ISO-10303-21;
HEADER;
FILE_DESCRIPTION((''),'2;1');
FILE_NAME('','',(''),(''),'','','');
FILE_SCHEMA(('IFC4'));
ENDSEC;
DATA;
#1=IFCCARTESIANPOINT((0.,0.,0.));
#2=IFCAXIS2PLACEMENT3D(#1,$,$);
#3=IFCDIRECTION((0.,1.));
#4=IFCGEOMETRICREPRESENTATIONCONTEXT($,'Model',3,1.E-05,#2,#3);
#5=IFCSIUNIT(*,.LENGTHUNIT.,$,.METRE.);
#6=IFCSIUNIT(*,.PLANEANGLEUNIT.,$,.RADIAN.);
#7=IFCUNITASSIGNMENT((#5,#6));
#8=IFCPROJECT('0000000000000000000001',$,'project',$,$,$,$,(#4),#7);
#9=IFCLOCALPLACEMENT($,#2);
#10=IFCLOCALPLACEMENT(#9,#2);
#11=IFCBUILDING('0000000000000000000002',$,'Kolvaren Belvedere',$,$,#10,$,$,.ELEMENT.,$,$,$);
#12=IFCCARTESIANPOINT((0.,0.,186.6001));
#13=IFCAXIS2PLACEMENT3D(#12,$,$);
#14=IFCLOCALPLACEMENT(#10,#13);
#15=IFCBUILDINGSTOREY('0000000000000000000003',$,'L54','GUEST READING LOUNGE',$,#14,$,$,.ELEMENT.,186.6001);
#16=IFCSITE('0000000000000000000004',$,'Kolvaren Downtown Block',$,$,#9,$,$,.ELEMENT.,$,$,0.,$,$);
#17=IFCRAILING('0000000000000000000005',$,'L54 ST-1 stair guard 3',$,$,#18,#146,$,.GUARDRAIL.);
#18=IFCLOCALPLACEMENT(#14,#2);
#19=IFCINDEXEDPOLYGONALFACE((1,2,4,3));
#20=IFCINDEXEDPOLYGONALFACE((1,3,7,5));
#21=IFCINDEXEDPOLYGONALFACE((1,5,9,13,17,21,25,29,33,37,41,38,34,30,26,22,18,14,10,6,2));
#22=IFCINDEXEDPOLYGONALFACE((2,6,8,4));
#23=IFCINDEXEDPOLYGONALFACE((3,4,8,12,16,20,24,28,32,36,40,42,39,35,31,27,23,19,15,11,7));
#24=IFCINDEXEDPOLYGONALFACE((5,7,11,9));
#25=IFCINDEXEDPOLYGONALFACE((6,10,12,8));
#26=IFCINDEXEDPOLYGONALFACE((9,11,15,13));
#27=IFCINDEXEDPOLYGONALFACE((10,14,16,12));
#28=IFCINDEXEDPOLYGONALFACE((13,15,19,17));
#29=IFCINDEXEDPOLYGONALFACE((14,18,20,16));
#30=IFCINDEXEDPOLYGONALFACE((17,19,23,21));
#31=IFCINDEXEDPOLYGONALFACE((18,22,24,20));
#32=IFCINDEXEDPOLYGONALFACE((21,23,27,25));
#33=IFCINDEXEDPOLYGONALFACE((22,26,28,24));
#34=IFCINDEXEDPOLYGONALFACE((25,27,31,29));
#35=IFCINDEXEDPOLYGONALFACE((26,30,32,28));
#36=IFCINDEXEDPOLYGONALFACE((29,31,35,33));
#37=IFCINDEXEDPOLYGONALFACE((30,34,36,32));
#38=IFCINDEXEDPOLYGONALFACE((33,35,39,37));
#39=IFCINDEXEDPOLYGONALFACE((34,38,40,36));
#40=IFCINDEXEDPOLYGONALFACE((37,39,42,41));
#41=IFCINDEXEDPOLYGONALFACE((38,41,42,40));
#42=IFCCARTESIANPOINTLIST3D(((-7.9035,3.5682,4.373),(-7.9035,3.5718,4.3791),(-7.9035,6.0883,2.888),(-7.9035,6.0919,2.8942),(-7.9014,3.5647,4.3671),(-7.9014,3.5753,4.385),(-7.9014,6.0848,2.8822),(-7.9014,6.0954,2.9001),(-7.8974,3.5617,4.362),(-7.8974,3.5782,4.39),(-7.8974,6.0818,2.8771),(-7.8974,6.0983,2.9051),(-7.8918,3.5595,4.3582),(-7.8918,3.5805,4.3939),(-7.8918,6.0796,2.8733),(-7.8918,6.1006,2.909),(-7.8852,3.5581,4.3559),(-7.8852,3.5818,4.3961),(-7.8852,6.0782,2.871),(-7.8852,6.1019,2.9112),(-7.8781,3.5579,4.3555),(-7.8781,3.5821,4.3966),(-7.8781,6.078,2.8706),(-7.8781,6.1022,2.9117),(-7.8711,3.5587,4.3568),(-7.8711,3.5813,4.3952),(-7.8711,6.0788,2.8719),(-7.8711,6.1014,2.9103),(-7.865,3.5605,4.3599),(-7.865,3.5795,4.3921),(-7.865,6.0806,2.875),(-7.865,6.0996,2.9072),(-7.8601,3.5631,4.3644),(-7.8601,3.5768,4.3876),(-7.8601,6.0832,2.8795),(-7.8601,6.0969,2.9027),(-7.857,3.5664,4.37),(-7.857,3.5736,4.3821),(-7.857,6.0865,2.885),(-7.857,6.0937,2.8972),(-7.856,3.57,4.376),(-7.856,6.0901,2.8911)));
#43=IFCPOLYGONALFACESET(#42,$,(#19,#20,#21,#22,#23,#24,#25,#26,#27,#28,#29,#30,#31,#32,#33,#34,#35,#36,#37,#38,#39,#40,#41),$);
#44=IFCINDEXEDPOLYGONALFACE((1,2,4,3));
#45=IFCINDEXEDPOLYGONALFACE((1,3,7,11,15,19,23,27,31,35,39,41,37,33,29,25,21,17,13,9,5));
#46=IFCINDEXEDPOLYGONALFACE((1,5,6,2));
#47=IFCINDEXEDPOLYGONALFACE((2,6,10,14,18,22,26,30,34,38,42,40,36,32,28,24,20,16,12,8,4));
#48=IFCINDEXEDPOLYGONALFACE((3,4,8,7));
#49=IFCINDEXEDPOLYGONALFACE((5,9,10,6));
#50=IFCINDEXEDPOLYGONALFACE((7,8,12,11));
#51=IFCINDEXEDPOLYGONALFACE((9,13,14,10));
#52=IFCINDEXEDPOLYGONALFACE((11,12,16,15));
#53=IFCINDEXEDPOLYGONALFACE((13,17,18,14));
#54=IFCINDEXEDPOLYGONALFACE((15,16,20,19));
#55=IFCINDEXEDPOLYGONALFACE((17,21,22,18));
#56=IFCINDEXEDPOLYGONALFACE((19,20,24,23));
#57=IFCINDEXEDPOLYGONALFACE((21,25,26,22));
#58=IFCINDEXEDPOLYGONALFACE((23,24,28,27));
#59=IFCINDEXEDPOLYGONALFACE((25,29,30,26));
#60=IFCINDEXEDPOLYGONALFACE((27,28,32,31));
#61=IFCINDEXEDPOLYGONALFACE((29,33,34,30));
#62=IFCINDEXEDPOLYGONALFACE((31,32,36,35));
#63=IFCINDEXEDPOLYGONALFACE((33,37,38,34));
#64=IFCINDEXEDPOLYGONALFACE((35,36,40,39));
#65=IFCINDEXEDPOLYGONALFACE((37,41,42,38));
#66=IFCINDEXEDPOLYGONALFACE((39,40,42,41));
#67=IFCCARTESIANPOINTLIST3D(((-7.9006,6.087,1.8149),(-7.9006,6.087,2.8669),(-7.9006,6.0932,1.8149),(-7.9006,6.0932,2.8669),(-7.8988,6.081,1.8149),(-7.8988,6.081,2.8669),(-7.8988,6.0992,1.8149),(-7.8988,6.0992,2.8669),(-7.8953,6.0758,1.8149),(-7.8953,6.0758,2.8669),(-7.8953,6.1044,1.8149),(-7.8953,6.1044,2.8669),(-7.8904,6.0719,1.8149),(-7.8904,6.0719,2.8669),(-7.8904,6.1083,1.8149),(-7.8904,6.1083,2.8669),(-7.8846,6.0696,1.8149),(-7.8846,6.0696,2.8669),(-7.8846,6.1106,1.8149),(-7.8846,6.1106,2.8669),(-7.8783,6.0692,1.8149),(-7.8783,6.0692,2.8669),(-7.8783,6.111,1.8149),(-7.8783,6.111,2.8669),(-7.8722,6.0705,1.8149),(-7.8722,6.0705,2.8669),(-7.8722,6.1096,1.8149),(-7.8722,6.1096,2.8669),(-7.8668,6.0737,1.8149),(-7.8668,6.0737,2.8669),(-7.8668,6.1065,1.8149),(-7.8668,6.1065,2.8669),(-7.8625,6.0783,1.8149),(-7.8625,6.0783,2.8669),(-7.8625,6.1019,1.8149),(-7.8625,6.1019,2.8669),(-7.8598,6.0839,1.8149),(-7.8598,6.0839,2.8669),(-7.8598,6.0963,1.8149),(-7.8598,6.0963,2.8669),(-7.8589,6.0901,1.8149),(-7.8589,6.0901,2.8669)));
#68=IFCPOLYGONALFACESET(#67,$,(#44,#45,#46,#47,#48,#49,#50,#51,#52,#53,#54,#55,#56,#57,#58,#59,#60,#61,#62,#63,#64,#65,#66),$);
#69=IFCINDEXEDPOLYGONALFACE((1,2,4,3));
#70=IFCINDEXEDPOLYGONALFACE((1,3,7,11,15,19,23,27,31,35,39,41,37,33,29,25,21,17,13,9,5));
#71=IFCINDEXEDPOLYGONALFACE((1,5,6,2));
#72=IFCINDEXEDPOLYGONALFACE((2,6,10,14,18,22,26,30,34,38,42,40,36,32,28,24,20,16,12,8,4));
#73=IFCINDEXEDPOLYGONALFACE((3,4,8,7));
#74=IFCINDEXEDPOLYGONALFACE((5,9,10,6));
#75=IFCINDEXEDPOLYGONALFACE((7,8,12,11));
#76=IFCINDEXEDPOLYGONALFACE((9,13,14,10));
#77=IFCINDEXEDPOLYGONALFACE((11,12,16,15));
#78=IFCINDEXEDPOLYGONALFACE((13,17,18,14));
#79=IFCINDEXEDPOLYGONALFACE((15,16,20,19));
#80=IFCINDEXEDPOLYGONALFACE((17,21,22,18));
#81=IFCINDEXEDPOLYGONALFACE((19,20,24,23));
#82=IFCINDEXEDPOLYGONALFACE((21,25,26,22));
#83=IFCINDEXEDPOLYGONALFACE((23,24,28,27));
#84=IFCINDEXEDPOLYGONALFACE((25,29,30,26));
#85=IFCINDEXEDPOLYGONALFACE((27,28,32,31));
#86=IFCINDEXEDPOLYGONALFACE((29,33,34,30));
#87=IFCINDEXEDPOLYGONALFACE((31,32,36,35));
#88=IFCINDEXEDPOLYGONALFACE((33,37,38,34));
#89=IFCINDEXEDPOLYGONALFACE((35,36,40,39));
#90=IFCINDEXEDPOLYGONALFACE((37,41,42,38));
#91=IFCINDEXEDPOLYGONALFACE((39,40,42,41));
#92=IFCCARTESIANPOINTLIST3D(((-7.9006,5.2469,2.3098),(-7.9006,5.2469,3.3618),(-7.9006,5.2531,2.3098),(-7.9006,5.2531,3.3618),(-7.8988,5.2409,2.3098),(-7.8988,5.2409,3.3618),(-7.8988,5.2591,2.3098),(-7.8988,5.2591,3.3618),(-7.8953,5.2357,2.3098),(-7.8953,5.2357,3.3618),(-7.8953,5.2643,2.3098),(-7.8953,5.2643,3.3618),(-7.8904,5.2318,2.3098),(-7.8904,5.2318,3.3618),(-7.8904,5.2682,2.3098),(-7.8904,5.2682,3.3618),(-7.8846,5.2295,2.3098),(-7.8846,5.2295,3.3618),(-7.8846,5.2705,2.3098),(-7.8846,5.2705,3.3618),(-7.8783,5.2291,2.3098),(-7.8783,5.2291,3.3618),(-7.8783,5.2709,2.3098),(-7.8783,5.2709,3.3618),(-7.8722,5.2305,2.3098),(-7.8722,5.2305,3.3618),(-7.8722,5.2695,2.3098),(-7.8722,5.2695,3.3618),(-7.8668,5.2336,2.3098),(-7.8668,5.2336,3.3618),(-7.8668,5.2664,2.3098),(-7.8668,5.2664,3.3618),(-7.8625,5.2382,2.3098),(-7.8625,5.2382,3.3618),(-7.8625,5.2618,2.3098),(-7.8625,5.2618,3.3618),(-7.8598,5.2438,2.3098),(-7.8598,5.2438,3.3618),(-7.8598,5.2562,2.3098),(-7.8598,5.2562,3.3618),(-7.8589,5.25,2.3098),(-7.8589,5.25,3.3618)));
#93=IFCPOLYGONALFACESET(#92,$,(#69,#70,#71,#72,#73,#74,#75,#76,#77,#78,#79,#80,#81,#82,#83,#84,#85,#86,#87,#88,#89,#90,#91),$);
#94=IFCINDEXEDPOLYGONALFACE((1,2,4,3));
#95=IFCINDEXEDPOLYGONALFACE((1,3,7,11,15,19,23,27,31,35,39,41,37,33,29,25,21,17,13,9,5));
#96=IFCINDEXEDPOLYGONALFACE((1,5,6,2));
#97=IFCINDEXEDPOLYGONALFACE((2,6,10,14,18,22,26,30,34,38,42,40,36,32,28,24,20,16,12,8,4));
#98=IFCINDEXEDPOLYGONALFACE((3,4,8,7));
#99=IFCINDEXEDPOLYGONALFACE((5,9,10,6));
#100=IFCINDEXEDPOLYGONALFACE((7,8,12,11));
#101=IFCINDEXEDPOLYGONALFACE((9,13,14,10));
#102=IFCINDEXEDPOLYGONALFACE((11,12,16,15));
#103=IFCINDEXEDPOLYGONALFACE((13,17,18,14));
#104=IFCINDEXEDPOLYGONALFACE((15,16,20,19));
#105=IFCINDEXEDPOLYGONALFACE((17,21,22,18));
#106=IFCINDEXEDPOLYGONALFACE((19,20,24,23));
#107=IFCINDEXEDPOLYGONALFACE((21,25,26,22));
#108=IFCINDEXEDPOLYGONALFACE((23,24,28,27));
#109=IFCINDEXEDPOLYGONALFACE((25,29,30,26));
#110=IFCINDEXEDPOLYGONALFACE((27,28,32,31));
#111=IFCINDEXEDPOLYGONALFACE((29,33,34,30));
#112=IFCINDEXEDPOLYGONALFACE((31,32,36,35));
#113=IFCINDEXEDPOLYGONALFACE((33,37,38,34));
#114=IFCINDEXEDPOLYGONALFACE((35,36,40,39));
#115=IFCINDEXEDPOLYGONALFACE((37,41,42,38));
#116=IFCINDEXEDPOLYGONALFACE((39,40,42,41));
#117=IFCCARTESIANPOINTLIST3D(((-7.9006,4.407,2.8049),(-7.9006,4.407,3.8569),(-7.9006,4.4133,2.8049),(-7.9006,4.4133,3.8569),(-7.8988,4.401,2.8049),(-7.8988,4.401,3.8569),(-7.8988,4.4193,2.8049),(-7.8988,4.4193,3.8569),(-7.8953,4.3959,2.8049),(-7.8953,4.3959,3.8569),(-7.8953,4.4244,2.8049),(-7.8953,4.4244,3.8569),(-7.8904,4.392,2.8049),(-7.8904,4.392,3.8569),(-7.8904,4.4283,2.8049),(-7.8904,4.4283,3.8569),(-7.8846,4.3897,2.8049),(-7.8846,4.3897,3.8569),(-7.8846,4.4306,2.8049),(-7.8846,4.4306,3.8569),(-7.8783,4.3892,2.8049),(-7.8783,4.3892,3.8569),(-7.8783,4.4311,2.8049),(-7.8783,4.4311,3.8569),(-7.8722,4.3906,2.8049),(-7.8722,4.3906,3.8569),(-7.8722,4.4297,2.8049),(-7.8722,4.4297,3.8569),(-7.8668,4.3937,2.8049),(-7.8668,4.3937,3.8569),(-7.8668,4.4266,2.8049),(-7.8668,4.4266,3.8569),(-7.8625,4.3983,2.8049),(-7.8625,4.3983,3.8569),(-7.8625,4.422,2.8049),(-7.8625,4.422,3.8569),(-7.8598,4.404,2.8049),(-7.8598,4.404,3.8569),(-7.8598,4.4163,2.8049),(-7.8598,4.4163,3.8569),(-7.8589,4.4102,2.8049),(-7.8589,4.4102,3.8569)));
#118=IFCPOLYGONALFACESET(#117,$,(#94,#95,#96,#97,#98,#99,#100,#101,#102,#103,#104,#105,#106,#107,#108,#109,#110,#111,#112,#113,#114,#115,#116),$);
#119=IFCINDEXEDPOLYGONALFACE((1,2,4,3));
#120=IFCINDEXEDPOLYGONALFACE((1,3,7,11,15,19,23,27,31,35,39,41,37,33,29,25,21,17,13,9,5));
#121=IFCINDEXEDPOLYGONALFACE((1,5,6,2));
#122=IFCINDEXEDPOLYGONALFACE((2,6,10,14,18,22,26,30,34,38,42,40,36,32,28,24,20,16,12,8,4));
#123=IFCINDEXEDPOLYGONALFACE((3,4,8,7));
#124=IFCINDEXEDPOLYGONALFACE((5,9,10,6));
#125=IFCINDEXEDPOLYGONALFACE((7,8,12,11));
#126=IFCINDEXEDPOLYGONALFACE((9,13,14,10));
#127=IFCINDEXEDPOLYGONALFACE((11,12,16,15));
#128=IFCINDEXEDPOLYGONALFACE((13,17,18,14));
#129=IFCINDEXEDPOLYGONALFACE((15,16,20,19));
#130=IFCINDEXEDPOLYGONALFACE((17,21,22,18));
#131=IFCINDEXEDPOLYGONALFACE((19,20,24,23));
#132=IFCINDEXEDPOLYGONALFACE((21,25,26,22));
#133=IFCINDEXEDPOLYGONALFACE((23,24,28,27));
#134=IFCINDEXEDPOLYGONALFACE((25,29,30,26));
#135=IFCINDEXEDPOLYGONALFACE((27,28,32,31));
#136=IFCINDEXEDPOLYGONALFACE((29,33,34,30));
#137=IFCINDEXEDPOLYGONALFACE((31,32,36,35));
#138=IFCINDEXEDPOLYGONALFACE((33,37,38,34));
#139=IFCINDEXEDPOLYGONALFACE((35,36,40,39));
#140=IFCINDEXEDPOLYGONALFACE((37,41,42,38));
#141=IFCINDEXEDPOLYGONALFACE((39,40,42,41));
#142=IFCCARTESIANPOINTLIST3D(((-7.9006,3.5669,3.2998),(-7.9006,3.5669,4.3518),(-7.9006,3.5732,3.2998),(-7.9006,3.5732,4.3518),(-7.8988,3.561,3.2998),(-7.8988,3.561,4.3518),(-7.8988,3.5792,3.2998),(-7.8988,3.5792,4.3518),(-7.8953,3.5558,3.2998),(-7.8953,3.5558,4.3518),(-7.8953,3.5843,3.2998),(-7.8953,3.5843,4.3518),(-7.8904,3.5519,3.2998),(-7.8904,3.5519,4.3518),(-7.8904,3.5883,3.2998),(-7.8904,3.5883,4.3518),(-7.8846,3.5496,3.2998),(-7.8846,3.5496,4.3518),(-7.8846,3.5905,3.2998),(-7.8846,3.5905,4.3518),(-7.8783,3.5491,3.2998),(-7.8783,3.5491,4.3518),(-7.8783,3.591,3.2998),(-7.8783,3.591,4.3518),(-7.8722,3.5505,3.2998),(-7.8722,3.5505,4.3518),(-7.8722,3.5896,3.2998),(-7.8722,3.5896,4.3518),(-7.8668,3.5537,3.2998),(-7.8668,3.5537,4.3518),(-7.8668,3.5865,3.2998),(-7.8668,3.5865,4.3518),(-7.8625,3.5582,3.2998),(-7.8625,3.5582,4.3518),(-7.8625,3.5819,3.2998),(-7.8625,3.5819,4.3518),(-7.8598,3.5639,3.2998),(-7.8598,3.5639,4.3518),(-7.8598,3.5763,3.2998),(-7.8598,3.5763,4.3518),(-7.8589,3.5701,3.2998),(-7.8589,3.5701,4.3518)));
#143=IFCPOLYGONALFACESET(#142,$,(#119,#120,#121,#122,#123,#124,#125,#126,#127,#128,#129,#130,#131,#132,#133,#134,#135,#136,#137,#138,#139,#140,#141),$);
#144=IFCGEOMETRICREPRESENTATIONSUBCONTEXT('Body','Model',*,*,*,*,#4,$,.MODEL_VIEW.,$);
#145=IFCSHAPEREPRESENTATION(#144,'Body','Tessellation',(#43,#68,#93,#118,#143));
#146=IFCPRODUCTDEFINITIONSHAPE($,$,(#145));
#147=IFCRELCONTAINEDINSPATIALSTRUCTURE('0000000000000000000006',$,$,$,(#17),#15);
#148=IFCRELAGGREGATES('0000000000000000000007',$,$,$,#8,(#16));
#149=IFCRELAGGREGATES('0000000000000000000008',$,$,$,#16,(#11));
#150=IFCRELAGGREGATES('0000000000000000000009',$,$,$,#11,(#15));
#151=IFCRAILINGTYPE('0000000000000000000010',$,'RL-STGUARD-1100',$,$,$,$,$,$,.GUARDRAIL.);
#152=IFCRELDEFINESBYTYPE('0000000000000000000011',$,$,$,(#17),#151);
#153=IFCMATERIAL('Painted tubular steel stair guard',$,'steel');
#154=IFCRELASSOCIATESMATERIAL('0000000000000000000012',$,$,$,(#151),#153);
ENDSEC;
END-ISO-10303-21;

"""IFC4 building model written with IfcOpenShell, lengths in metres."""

from ifc_helpers import new_model, si_unit, direction, frame, origin, origin_2d, place, context, subcontext, project, spatial, circle, extrude, material, type_object, element, save


model = new_model("IFC4")

# Units and contexts
model_context = context("Model", 3, precision=1e-05, world=origin(), true_north=direction((0.0, 1.0)))
body_context = subcontext(model_context, "Body", "Model", "MODEL_VIEW")
ifc_project = project(units=[si_unit("LENGTHUNIT", "METRE"), si_unit("PLANEANGLEUNIT", "RADIAN")], contexts=[model_context])

# Site, building, storey
site_placement = place(None, origin())
site = spatial("IfcSite", under=ifc_project, at=site_placement, Name="Kolvaren Downtown Block", CompositionType="ELEMENT", RefElevation=0.0)
building_placement = place(site_placement, origin())
building = spatial("IfcBuilding", under=site, at=building_placement, Name="Kolvaren Belvedere", CompositionType="ELEMENT")
storey_placement = place(building_placement, frame((0.0, 0.0, 186.6001)))
storey = spatial("IfcBuildingStorey", under=building, at=storey_placement, Name="L54", Description="GUEST READING LOUNGE", CompositionType="ELEMENT", Elevation=186.6001)

# Railing
ifc_material_1 = material(Name="Painted tubular steel stair guard", Category="steel")
railing_type_1 = type_object("IfcRailingType", Name="RL-STGUARD-1100", PredefinedType="GUARDRAIL", material=ifc_material_1)
railing_1_placement = place(storey_placement, frame((-7.8799, 6.0901, 1.8149)))
element("IfcRailing", 1, at=railing_1_placement, inside=storey, type_object=railing_type_1, Name="L54 ST-1 stair guard 3", PredefinedType="GUARDRAIL", context=body_context, shape_type="SweptSolid", body=[
    extrude(circle(Radius=0.0239, at=origin_2d()), frame((0.0, 0.0, 1.0762), z_axis=(0.0, -0.861561, 0.507655), x_axis=(1.0, 0.0, 0.0)), (0.0, 0.0, 1.0), 2.925),
    extrude(circle(Radius=0.021, at=origin_2d()), origin(), (0.0, 0.0, 1.0), 1.052),
    extrude(circle(Radius=0.021, at=origin_2d()), frame((0.0, -0.8401, 0.4949)), (0.0, 0.0, 1.0), 1.052),
    extrude(circle(Radius=0.021, at=origin_2d()), frame((0.0, -1.6799, 0.99)), (0.0, 0.0, 1.0), 1.052),
    extrude(circle(Radius=0.021, at=origin_2d()), frame((0.0, -2.52, 1.4849)), (0.0, 0.0, 1.0), 1.052),
])

save(model, "model.ifc")
